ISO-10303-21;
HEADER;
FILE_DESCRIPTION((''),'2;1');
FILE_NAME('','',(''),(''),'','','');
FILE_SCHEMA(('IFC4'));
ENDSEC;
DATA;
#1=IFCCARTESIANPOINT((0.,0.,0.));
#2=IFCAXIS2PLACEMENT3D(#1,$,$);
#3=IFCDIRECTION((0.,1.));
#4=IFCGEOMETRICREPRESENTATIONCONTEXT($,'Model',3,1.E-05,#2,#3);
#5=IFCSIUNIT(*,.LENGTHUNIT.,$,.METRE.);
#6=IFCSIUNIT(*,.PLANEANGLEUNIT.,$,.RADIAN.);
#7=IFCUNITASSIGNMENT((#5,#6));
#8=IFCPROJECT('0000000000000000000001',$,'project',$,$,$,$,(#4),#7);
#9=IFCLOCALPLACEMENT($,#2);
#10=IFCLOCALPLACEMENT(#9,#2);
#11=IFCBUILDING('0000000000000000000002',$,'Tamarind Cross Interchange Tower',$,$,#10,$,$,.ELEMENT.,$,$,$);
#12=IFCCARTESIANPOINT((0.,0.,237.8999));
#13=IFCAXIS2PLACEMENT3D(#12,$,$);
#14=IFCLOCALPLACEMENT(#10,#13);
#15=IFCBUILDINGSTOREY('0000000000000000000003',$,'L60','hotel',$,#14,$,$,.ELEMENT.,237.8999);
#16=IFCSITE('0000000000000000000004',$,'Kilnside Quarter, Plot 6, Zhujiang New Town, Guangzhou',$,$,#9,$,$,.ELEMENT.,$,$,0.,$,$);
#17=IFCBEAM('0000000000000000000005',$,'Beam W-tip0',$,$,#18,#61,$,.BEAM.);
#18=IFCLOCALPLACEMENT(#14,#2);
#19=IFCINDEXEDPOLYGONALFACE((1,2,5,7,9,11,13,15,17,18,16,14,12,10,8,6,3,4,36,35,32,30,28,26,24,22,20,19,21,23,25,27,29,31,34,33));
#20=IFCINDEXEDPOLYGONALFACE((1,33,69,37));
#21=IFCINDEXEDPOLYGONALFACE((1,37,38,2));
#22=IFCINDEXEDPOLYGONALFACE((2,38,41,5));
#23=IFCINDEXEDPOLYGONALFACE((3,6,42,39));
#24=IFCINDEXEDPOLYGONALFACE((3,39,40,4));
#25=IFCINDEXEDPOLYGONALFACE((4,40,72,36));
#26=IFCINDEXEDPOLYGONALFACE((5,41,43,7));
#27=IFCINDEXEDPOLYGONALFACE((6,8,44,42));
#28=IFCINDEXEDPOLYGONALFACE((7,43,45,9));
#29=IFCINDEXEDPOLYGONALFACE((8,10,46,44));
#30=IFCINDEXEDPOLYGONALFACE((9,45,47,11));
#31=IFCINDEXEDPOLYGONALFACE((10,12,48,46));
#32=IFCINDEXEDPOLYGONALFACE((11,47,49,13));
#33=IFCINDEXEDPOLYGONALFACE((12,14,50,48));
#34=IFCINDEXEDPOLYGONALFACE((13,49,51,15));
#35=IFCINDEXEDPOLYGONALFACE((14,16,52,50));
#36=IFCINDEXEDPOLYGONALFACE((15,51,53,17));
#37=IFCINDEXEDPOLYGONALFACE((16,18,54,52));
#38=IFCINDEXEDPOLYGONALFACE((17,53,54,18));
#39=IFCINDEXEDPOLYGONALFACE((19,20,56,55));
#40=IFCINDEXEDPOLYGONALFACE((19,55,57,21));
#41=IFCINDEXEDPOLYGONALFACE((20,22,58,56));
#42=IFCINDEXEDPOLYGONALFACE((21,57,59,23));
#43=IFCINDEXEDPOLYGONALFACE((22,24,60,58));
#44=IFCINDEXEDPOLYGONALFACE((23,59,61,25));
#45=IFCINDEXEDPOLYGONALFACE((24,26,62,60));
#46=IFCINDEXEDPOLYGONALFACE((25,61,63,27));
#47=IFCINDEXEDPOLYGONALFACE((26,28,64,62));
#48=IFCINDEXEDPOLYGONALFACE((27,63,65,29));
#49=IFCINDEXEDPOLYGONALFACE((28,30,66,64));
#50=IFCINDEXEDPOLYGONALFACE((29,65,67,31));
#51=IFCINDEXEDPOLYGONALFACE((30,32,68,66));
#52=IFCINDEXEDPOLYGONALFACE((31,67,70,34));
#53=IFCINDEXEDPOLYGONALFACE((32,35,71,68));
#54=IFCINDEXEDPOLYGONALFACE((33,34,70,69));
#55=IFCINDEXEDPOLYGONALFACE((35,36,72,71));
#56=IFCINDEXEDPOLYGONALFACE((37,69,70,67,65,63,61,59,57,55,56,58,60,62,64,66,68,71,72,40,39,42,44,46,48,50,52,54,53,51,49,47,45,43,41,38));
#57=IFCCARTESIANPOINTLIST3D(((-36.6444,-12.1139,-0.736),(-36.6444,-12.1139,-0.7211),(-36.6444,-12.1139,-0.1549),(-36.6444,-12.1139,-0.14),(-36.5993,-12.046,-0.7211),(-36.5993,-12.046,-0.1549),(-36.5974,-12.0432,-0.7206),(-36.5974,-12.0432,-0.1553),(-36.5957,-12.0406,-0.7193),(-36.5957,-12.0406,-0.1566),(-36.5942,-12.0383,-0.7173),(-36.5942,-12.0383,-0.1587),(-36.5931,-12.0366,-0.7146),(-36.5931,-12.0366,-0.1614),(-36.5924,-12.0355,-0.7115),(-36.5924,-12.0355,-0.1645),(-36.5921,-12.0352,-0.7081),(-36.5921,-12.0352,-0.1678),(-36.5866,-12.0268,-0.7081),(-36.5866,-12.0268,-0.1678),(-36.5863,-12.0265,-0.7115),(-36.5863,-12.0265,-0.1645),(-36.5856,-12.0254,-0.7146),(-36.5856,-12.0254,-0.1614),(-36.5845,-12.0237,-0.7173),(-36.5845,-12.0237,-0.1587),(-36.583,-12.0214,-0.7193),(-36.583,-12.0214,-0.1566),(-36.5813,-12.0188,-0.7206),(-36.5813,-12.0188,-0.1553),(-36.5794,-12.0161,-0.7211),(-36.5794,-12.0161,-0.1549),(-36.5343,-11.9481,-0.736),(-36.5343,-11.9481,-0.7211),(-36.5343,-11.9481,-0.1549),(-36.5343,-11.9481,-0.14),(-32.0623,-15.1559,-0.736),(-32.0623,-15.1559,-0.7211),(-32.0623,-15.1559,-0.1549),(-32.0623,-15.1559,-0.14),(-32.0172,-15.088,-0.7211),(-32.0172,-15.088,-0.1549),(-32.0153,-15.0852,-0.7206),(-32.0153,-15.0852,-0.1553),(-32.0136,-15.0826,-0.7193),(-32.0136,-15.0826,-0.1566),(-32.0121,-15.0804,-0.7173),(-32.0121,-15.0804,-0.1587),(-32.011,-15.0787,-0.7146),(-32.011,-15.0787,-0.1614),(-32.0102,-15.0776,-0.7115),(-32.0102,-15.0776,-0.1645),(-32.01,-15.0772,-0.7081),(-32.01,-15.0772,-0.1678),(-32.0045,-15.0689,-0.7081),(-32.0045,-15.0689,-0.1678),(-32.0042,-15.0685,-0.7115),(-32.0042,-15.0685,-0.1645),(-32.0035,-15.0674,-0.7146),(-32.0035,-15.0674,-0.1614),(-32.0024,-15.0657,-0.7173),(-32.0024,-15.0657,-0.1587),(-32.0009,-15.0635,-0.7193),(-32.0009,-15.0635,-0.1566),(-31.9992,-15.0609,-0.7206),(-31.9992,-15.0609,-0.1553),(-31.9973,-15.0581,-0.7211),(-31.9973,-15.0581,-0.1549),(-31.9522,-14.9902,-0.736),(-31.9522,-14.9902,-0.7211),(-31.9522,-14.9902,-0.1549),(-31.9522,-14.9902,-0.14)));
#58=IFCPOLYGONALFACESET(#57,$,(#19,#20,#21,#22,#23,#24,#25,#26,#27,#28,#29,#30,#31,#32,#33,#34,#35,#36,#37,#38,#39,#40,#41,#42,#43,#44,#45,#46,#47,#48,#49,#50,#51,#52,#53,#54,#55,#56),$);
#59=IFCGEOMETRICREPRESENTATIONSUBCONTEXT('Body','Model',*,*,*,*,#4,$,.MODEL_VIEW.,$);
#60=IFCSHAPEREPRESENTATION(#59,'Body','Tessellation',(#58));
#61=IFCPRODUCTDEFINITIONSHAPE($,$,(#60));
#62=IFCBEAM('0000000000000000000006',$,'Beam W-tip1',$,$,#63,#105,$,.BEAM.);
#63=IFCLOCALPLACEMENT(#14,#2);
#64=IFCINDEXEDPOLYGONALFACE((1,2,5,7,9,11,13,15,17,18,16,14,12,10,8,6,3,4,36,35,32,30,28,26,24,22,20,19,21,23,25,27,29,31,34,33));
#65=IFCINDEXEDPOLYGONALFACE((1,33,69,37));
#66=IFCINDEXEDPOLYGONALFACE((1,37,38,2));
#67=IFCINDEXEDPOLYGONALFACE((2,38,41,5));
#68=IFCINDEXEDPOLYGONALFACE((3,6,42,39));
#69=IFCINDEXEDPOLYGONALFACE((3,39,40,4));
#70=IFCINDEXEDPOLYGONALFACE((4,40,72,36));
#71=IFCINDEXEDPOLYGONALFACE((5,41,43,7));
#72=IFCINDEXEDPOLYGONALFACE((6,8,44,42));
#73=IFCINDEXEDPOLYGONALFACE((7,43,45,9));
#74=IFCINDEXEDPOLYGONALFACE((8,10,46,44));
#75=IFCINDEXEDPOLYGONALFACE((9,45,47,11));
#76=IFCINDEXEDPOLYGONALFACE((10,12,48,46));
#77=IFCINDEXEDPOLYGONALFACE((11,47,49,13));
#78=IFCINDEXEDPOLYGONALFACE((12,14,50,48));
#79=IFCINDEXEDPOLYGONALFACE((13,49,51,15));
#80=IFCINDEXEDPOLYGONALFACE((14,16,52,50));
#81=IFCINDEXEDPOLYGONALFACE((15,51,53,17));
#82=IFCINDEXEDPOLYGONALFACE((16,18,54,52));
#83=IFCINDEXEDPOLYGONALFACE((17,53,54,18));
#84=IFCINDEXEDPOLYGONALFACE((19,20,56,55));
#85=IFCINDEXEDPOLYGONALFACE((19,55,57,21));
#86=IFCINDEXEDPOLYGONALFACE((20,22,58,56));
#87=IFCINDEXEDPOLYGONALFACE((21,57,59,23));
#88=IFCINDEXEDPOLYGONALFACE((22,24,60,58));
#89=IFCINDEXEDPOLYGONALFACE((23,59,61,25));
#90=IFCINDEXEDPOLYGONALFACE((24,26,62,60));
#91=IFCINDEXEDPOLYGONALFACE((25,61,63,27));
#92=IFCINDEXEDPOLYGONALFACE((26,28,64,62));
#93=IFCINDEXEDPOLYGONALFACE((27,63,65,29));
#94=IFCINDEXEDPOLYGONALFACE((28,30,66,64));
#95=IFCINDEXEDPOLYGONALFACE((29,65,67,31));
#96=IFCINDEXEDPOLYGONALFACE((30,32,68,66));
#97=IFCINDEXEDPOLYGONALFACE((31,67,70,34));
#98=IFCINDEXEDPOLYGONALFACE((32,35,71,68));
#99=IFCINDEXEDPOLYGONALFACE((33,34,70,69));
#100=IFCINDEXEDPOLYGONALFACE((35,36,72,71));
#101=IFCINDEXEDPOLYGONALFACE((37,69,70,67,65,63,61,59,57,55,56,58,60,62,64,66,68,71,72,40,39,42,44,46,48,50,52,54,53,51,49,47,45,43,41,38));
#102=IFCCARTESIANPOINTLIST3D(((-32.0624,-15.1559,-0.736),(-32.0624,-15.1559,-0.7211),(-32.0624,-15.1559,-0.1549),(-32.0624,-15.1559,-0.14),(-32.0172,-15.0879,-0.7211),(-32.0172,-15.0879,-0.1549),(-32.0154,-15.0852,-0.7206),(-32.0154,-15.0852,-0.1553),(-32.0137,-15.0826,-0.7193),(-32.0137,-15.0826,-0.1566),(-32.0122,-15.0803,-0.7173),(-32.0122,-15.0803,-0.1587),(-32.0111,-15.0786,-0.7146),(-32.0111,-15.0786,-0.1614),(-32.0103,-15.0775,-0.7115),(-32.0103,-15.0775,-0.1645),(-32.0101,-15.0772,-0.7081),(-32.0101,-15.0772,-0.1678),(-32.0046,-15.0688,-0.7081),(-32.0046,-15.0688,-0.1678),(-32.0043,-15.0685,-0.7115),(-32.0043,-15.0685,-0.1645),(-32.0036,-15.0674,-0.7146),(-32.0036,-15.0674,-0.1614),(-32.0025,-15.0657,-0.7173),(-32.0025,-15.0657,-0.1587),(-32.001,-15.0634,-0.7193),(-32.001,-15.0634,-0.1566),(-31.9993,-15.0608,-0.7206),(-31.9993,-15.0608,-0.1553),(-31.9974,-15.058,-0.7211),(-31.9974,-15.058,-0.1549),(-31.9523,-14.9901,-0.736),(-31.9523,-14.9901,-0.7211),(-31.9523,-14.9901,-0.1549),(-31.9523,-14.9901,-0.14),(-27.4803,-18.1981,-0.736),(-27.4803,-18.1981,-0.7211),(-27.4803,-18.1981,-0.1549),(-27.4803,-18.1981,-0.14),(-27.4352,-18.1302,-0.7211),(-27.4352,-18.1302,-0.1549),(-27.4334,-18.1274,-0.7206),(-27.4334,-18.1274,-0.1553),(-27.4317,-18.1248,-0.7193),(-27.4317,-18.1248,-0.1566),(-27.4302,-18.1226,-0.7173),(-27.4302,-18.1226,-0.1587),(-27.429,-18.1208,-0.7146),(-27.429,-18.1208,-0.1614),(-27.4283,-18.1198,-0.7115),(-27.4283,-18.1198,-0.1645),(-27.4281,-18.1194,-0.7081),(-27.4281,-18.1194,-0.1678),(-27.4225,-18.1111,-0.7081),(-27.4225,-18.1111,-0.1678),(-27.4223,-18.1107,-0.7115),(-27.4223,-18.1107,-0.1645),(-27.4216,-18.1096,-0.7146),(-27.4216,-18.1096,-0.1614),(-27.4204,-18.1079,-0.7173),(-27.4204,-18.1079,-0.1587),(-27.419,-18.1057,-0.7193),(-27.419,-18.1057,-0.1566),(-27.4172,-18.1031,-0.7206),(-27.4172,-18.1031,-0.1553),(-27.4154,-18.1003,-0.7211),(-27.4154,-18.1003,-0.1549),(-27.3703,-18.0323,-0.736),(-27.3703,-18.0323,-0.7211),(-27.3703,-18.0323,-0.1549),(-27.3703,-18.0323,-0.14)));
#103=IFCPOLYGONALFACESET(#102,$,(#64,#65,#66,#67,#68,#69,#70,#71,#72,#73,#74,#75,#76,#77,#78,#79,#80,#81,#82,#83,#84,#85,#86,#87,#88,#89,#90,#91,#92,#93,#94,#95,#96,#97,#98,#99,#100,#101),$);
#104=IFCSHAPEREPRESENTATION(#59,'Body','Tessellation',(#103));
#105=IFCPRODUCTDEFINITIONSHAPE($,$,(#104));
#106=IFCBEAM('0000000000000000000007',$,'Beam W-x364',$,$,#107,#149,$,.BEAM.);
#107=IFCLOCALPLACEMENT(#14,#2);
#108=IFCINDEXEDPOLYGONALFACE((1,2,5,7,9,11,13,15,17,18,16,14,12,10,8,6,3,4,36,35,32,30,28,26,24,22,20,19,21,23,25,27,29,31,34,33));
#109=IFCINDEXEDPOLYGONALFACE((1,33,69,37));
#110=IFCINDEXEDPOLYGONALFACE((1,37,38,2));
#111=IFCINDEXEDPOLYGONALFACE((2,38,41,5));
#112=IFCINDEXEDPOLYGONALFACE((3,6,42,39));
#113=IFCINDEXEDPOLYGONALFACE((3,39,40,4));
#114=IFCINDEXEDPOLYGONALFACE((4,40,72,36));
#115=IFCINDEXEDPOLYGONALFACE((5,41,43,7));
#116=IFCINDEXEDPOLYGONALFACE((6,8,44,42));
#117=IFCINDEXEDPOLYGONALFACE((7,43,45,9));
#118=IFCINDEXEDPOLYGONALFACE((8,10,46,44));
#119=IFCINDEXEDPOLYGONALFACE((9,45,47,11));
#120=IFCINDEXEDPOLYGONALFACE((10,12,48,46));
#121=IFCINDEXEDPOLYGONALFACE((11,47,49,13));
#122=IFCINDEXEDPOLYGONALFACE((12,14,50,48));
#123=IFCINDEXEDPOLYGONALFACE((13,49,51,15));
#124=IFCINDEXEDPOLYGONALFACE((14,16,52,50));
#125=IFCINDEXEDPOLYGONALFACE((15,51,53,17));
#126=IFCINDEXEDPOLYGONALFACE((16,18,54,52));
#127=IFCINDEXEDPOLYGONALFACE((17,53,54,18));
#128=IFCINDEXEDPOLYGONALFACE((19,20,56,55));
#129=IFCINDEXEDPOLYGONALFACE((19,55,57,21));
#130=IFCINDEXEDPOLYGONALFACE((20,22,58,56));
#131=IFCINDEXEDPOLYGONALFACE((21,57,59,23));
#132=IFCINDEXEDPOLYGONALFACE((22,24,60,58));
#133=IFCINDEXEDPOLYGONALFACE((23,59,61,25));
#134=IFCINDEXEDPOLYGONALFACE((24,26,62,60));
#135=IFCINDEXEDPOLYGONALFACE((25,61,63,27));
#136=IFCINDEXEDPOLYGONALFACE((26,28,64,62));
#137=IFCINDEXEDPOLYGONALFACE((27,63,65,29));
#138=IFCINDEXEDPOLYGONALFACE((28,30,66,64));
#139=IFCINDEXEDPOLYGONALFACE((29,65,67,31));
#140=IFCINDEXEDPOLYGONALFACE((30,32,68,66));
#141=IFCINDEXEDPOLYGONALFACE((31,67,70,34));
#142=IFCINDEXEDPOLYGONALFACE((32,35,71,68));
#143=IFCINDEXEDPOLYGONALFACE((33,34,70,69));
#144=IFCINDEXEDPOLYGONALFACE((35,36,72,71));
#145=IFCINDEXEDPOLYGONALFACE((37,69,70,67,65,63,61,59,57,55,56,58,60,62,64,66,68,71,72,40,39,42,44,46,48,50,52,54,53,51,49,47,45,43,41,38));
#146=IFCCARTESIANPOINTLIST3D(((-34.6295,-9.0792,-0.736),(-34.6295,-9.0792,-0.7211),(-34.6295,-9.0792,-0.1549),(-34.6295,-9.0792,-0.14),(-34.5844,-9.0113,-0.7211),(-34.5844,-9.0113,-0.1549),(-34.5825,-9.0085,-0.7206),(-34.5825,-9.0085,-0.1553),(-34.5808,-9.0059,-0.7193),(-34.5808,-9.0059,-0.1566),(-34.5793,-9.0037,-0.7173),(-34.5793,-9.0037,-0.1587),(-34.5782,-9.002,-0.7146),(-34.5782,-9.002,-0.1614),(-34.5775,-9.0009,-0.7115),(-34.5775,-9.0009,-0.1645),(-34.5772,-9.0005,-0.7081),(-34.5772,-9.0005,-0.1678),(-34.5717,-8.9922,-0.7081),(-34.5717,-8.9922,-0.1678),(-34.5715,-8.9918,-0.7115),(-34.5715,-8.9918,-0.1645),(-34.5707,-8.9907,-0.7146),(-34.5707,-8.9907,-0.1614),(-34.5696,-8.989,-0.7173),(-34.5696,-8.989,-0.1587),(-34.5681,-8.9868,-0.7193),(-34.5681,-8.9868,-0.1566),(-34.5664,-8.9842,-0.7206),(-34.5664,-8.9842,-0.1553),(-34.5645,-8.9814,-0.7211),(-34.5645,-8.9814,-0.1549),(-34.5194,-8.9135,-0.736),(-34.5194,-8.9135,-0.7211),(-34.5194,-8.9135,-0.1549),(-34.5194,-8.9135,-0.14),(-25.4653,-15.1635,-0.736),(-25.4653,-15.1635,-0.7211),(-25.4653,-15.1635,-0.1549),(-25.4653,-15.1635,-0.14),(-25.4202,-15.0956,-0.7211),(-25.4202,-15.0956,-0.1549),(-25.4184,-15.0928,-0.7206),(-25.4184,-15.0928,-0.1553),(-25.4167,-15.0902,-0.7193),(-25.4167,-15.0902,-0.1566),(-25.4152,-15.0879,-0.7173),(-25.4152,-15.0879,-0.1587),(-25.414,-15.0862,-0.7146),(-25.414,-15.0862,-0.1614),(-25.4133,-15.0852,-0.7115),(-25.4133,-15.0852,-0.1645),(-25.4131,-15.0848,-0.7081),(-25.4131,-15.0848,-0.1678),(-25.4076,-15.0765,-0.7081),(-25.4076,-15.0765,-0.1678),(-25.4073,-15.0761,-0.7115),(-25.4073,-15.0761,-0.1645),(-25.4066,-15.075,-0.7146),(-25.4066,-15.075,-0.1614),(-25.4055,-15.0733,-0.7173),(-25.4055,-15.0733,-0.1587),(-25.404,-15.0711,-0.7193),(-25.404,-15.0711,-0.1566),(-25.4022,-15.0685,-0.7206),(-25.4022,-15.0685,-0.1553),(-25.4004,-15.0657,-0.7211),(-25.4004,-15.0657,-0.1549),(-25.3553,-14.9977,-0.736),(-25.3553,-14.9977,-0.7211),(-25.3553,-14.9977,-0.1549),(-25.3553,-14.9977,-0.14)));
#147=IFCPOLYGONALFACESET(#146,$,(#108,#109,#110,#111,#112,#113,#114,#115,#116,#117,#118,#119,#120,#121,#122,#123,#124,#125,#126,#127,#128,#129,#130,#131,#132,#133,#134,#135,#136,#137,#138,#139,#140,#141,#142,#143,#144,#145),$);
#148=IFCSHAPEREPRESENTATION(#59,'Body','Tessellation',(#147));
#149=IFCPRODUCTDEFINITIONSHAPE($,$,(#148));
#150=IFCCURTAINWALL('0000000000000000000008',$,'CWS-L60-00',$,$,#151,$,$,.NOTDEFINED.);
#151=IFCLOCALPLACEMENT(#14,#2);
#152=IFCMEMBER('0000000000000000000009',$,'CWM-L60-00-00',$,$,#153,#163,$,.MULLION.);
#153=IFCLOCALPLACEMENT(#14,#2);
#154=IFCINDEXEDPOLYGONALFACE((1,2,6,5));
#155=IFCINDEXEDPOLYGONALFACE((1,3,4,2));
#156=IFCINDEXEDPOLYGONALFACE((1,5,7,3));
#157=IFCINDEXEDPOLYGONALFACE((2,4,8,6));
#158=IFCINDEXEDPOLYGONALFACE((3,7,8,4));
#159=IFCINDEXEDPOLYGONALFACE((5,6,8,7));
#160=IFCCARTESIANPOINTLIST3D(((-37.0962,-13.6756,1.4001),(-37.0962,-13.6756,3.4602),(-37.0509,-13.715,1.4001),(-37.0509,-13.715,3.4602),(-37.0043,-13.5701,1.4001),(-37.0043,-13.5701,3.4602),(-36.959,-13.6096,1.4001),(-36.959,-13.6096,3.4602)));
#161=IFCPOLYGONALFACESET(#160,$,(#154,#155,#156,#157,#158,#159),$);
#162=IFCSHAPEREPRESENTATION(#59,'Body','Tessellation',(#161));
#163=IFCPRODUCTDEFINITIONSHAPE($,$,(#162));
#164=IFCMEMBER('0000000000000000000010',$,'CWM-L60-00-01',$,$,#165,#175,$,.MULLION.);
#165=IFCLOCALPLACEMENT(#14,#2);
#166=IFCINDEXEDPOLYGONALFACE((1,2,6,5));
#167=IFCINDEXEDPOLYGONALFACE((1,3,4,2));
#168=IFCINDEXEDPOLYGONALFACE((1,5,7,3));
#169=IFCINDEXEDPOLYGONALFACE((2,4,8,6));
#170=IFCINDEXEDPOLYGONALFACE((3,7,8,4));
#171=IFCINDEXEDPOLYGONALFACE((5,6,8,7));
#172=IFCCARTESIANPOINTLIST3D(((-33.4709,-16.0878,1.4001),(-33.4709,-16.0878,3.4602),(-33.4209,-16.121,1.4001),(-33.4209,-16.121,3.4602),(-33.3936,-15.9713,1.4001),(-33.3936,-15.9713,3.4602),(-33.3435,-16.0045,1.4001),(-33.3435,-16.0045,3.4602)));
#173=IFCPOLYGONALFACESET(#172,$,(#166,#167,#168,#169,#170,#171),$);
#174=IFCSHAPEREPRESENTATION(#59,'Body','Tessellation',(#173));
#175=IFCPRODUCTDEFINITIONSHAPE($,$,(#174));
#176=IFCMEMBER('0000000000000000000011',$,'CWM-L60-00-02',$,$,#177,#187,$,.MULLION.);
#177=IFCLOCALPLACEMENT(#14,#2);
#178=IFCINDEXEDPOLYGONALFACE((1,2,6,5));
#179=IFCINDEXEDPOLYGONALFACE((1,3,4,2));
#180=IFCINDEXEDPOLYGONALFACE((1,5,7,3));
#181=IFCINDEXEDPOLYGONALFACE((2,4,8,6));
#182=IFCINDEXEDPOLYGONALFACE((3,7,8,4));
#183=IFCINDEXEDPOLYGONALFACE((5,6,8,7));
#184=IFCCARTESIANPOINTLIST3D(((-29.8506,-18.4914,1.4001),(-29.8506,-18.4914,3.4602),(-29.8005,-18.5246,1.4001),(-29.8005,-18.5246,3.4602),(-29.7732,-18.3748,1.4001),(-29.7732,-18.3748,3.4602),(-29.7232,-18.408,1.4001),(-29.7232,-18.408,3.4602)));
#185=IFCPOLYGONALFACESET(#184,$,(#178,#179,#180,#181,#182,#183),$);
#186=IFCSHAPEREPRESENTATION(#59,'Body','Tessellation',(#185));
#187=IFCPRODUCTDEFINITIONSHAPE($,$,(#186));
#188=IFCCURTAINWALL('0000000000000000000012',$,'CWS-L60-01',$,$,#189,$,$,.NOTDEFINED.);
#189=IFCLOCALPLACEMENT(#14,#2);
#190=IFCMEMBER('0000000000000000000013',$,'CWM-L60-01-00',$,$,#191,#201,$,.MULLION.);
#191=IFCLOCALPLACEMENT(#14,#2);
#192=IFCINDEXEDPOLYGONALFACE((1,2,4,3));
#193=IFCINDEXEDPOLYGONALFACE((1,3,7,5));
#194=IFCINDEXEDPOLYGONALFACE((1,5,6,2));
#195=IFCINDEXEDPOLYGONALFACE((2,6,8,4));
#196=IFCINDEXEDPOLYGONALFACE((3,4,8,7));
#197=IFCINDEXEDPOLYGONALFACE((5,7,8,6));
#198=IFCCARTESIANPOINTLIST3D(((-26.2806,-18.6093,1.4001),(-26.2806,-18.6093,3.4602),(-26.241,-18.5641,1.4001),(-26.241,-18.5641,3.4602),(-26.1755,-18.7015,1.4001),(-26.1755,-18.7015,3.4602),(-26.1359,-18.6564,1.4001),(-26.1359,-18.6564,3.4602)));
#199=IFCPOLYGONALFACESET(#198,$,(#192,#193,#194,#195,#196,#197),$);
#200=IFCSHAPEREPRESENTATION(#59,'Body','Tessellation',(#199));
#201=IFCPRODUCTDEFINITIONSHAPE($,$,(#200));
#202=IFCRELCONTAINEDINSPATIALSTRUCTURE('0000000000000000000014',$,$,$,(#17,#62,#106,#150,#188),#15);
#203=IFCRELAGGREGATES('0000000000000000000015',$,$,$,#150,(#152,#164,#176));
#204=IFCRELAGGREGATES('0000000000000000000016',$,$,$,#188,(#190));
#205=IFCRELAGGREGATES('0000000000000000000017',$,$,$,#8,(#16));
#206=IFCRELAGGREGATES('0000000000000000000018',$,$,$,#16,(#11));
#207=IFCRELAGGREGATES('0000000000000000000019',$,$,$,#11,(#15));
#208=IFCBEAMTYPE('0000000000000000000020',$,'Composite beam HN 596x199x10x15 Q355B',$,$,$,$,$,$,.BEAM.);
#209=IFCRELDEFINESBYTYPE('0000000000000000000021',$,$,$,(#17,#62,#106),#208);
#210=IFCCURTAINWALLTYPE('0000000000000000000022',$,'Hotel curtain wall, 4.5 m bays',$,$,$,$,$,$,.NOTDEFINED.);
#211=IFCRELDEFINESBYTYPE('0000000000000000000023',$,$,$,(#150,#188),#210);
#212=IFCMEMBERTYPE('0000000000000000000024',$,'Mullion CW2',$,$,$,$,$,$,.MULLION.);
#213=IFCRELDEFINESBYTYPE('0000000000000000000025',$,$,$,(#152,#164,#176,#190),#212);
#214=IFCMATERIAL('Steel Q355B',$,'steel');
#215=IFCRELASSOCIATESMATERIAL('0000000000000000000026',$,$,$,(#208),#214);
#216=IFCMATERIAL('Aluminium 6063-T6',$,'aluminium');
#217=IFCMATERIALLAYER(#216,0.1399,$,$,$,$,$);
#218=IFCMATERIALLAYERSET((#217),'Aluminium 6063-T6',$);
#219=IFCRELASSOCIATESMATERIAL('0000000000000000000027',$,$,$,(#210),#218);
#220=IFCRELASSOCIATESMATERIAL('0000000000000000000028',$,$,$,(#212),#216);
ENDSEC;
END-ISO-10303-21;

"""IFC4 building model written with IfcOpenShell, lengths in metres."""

from ifc_helpers import new_model, si_unit, direction, frame, origin, origin_2d, place, context, subcontext, project, spatial, rectangle, i_section, extrude, material, layer, layer_set, material_profile, profile_set, type_object, element, aggregate, save


model = new_model("IFC4")

# Units and contexts
model_context = context("Model", 3, precision=1e-05, world=origin(), true_north=direction((0.0, 1.0)))
body_context = subcontext(model_context, "Body", "Model", "MODEL_VIEW")
ifc_project = project(units=[si_unit("LENGTHUNIT", "METRE"), si_unit("PLANEANGLEUNIT", "RADIAN")], contexts=[model_context])

# Site, building, storey
site_placement = place(None, origin())
site = spatial("IfcSite", under=ifc_project, at=site_placement, Name="Kilnside Quarter, Plot 6, Zhujiang New Town, Guangzhou", CompositionType="ELEMENT", RefElevation=0.0)
building_placement = place(site_placement, origin())
building = spatial("IfcBuilding", under=site, at=building_placement, Name="Tamarind Cross Interchange Tower", CompositionType="ELEMENT")
storey_placement = place(building_placement, frame((0.0, 0.0, 237.8999)))
storey = spatial("IfcBuildingStorey", under=building, at=storey_placement, Name="L60", Description="hotel", CompositionType="ELEMENT", Elevation=237.8999)

# Beams
ifc_material_1 = material(Name="Steel Q355B", Category="steel")
ifc_material_profile_1 = material_profile(ifc_material_1, i_section(OverallWidth=0.199, OverallDepth=0.5959, WebThickness=0.01, FlangeThickness=0.0149, FilletRadius=0.0129, at=origin_2d()), Name="HN 596x199x10x15")
ifc_profile_set_1 = profile_set([ifc_material_profile_1], Name="Steel Q355B")
beam_type_1 = type_object("IfcBeamType", Name="Composite beam HN 596x199x10x15 Q355B", PredefinedType="BEAM", material=ifc_profile_set_1)
for number, where, z_axis, x_axis, name in (
    (1, (-36.5894, -12.031, -0.438), (0.833114, -0.553101, 0.0), (0.553101, 0.833114, 0.0), "Beam W-tip0"),
    (2, (-32.0073, -15.073, -0.438), (0.833094, -0.553132, 0.0), (0.553132, 0.833094, 0.0), "Beam W-tip1"),
):
    element("IfcBeam", number, at=place(storey_placement, frame(where, z_axis=z_axis, x_axis=x_axis)), inside=storey, type_object=beam_type_1, Name=name, PredefinedType="BEAM", context=body_context, shape_type="SweptSolid", body=[
        extrude(i_section(OverallWidth=0.199, OverallDepth=0.5959, WebThickness=0.01, FlangeThickness=0.0149, FilletRadius=0.0129, at=origin_2d()), origin(), (0.0, 0.0, 1.0), 5.5),
    ])
beam_1_placement = place(storey_placement, frame((-34.5745, -8.9963, -0.438), z_axis=(0.833104, -0.553117, 0.0), x_axis=(0.553117, 0.833104, 0.0)))
element("IfcBeam", 3, at=beam_1_placement, inside=storey, type_object=beam_type_1, Name="Beam W-x364", PredefinedType="BEAM", context=body_context, shape_type="SweptSolid", body=[
    extrude(i_section(OverallWidth=0.199, OverallDepth=0.5959, WebThickness=0.01, FlangeThickness=0.0149, FilletRadius=0.0129, at=origin_2d()), origin(), (0.0, 0.0, 1.0), 11.0),
])

# Curtain wall, members
ifc_material_2 = material(Name="Aluminium 6063-T6", Category="aluminium")
ifc_layer_1 = layer(ifc_material_2, 0.1399)
ifc_layer_set_1 = layer_set([ifc_layer_1], Name="Aluminium 6063-T6")
curtain_wall_type = type_object("IfcCurtainWallType", Name="Hotel curtain wall, 4.5 m bays", PredefinedType="NOTDEFINED", material=ifc_layer_set_1)
curtain_wall_1_placement = place(storey_placement, origin())
curtain_wall_1 = element("IfcCurtainWall", 4, at=curtain_wall_1_placement, inside=storey, type_object=curtain_wall_type, Name="CWS-L60-00", PredefinedType="NOTDEFINED")
ifc_material_profile_2 = material_profile(ifc_material_2, rectangle(XDim=0.0601, YDim=0.1399, at=origin_2d()), Name="Mullion CW2")
ifc_profile_set_2 = profile_set([ifc_material_profile_2], Name="Aluminium 6063-T6")
member_type = type_object("IfcMemberType", Name="Mullion CW2", PredefinedType="MULLION", material=ifc_profile_set_2)
member_1_placement = place(storey_placement, frame((-37.0276, -13.6426, 1.4001), z_axis=(0.0, 0.0, 1.0), x_axis=(0.753784, -0.657123, 0.0)))
member_1 = element("IfcMember", 5, at=member_1_placement, type_object=member_type, Name="CWM-L60-00-00", PredefinedType="MULLION", context=body_context, shape_type="SweptSolid", body=[
    extrude(rectangle(XDim=0.0601, YDim=0.1399, at=origin_2d()), origin(), (0.0, 0.0, 1.0), 2.0601),
])
member_2_placement = place(storey_placement, frame((-33.4072, -16.0461, 1.4001), z_axis=(0.0, 0.0, 1.0), x_axis=(0.833107, -0.553112, 0.0)))
member_2 = element("IfcMember", 6, at=member_2_placement, type_object=member_type, Name="CWM-L60-00-01", PredefinedType="MULLION", context=body_context, shape_type="SweptSolid", body=[
    extrude(rectangle(XDim=0.0601, YDim=0.1399, at=origin_2d()), origin(), (0.0, 0.0, 1.0), 2.0601),
])
member_3_placement = place(storey_placement, frame((-29.7869, -18.4497, 1.4001), z_axis=(0.0, 0.0, 1.0), x_axis=(0.833107, -0.553112, 0.0)))
member_3 = element("IfcMember", 7, at=member_3_placement, type_object=member_type, Name="CWM-L60-00-02", PredefinedType="MULLION", context=body_context, shape_type="SweptSolid", body=[
    extrude(rectangle(XDim=0.0601, YDim=0.1399, at=origin_2d()), origin(), (0.0, 0.0, 1.0), 2.0601),
])
aggregate(curtain_wall_1, [member_1, member_2, member_3])

# Curtain wall, member
curtain_wall_2_placement = place(storey_placement, origin())
curtain_wall_2 = element("IfcCurtainWall", 8, at=curtain_wall_2_placement, inside=storey, type_object=curtain_wall_type, Name="CWS-L60-01", PredefinedType="NOTDEFINED")
member_4_placement = place(storey_placement, frame((-26.2083, -18.6328, 1.4001), z_axis=(0.0, 0.0, 1.0), x_axis=(0.659357, 0.75183, 0.0)))
member_4 = element("IfcMember", 9, at=member_4_placement, type_object=member_type, Name="CWM-L60-01-00", PredefinedType="MULLION", context=body_context, shape_type="SweptSolid", body=[
    extrude(rectangle(XDim=0.0601, YDim=0.1399, at=origin_2d()), origin(), (0.0, 0.0, 1.0), 2.0601),
])
aggregate(curtain_wall_2, [member_4])

save(model, "model.ifc")
